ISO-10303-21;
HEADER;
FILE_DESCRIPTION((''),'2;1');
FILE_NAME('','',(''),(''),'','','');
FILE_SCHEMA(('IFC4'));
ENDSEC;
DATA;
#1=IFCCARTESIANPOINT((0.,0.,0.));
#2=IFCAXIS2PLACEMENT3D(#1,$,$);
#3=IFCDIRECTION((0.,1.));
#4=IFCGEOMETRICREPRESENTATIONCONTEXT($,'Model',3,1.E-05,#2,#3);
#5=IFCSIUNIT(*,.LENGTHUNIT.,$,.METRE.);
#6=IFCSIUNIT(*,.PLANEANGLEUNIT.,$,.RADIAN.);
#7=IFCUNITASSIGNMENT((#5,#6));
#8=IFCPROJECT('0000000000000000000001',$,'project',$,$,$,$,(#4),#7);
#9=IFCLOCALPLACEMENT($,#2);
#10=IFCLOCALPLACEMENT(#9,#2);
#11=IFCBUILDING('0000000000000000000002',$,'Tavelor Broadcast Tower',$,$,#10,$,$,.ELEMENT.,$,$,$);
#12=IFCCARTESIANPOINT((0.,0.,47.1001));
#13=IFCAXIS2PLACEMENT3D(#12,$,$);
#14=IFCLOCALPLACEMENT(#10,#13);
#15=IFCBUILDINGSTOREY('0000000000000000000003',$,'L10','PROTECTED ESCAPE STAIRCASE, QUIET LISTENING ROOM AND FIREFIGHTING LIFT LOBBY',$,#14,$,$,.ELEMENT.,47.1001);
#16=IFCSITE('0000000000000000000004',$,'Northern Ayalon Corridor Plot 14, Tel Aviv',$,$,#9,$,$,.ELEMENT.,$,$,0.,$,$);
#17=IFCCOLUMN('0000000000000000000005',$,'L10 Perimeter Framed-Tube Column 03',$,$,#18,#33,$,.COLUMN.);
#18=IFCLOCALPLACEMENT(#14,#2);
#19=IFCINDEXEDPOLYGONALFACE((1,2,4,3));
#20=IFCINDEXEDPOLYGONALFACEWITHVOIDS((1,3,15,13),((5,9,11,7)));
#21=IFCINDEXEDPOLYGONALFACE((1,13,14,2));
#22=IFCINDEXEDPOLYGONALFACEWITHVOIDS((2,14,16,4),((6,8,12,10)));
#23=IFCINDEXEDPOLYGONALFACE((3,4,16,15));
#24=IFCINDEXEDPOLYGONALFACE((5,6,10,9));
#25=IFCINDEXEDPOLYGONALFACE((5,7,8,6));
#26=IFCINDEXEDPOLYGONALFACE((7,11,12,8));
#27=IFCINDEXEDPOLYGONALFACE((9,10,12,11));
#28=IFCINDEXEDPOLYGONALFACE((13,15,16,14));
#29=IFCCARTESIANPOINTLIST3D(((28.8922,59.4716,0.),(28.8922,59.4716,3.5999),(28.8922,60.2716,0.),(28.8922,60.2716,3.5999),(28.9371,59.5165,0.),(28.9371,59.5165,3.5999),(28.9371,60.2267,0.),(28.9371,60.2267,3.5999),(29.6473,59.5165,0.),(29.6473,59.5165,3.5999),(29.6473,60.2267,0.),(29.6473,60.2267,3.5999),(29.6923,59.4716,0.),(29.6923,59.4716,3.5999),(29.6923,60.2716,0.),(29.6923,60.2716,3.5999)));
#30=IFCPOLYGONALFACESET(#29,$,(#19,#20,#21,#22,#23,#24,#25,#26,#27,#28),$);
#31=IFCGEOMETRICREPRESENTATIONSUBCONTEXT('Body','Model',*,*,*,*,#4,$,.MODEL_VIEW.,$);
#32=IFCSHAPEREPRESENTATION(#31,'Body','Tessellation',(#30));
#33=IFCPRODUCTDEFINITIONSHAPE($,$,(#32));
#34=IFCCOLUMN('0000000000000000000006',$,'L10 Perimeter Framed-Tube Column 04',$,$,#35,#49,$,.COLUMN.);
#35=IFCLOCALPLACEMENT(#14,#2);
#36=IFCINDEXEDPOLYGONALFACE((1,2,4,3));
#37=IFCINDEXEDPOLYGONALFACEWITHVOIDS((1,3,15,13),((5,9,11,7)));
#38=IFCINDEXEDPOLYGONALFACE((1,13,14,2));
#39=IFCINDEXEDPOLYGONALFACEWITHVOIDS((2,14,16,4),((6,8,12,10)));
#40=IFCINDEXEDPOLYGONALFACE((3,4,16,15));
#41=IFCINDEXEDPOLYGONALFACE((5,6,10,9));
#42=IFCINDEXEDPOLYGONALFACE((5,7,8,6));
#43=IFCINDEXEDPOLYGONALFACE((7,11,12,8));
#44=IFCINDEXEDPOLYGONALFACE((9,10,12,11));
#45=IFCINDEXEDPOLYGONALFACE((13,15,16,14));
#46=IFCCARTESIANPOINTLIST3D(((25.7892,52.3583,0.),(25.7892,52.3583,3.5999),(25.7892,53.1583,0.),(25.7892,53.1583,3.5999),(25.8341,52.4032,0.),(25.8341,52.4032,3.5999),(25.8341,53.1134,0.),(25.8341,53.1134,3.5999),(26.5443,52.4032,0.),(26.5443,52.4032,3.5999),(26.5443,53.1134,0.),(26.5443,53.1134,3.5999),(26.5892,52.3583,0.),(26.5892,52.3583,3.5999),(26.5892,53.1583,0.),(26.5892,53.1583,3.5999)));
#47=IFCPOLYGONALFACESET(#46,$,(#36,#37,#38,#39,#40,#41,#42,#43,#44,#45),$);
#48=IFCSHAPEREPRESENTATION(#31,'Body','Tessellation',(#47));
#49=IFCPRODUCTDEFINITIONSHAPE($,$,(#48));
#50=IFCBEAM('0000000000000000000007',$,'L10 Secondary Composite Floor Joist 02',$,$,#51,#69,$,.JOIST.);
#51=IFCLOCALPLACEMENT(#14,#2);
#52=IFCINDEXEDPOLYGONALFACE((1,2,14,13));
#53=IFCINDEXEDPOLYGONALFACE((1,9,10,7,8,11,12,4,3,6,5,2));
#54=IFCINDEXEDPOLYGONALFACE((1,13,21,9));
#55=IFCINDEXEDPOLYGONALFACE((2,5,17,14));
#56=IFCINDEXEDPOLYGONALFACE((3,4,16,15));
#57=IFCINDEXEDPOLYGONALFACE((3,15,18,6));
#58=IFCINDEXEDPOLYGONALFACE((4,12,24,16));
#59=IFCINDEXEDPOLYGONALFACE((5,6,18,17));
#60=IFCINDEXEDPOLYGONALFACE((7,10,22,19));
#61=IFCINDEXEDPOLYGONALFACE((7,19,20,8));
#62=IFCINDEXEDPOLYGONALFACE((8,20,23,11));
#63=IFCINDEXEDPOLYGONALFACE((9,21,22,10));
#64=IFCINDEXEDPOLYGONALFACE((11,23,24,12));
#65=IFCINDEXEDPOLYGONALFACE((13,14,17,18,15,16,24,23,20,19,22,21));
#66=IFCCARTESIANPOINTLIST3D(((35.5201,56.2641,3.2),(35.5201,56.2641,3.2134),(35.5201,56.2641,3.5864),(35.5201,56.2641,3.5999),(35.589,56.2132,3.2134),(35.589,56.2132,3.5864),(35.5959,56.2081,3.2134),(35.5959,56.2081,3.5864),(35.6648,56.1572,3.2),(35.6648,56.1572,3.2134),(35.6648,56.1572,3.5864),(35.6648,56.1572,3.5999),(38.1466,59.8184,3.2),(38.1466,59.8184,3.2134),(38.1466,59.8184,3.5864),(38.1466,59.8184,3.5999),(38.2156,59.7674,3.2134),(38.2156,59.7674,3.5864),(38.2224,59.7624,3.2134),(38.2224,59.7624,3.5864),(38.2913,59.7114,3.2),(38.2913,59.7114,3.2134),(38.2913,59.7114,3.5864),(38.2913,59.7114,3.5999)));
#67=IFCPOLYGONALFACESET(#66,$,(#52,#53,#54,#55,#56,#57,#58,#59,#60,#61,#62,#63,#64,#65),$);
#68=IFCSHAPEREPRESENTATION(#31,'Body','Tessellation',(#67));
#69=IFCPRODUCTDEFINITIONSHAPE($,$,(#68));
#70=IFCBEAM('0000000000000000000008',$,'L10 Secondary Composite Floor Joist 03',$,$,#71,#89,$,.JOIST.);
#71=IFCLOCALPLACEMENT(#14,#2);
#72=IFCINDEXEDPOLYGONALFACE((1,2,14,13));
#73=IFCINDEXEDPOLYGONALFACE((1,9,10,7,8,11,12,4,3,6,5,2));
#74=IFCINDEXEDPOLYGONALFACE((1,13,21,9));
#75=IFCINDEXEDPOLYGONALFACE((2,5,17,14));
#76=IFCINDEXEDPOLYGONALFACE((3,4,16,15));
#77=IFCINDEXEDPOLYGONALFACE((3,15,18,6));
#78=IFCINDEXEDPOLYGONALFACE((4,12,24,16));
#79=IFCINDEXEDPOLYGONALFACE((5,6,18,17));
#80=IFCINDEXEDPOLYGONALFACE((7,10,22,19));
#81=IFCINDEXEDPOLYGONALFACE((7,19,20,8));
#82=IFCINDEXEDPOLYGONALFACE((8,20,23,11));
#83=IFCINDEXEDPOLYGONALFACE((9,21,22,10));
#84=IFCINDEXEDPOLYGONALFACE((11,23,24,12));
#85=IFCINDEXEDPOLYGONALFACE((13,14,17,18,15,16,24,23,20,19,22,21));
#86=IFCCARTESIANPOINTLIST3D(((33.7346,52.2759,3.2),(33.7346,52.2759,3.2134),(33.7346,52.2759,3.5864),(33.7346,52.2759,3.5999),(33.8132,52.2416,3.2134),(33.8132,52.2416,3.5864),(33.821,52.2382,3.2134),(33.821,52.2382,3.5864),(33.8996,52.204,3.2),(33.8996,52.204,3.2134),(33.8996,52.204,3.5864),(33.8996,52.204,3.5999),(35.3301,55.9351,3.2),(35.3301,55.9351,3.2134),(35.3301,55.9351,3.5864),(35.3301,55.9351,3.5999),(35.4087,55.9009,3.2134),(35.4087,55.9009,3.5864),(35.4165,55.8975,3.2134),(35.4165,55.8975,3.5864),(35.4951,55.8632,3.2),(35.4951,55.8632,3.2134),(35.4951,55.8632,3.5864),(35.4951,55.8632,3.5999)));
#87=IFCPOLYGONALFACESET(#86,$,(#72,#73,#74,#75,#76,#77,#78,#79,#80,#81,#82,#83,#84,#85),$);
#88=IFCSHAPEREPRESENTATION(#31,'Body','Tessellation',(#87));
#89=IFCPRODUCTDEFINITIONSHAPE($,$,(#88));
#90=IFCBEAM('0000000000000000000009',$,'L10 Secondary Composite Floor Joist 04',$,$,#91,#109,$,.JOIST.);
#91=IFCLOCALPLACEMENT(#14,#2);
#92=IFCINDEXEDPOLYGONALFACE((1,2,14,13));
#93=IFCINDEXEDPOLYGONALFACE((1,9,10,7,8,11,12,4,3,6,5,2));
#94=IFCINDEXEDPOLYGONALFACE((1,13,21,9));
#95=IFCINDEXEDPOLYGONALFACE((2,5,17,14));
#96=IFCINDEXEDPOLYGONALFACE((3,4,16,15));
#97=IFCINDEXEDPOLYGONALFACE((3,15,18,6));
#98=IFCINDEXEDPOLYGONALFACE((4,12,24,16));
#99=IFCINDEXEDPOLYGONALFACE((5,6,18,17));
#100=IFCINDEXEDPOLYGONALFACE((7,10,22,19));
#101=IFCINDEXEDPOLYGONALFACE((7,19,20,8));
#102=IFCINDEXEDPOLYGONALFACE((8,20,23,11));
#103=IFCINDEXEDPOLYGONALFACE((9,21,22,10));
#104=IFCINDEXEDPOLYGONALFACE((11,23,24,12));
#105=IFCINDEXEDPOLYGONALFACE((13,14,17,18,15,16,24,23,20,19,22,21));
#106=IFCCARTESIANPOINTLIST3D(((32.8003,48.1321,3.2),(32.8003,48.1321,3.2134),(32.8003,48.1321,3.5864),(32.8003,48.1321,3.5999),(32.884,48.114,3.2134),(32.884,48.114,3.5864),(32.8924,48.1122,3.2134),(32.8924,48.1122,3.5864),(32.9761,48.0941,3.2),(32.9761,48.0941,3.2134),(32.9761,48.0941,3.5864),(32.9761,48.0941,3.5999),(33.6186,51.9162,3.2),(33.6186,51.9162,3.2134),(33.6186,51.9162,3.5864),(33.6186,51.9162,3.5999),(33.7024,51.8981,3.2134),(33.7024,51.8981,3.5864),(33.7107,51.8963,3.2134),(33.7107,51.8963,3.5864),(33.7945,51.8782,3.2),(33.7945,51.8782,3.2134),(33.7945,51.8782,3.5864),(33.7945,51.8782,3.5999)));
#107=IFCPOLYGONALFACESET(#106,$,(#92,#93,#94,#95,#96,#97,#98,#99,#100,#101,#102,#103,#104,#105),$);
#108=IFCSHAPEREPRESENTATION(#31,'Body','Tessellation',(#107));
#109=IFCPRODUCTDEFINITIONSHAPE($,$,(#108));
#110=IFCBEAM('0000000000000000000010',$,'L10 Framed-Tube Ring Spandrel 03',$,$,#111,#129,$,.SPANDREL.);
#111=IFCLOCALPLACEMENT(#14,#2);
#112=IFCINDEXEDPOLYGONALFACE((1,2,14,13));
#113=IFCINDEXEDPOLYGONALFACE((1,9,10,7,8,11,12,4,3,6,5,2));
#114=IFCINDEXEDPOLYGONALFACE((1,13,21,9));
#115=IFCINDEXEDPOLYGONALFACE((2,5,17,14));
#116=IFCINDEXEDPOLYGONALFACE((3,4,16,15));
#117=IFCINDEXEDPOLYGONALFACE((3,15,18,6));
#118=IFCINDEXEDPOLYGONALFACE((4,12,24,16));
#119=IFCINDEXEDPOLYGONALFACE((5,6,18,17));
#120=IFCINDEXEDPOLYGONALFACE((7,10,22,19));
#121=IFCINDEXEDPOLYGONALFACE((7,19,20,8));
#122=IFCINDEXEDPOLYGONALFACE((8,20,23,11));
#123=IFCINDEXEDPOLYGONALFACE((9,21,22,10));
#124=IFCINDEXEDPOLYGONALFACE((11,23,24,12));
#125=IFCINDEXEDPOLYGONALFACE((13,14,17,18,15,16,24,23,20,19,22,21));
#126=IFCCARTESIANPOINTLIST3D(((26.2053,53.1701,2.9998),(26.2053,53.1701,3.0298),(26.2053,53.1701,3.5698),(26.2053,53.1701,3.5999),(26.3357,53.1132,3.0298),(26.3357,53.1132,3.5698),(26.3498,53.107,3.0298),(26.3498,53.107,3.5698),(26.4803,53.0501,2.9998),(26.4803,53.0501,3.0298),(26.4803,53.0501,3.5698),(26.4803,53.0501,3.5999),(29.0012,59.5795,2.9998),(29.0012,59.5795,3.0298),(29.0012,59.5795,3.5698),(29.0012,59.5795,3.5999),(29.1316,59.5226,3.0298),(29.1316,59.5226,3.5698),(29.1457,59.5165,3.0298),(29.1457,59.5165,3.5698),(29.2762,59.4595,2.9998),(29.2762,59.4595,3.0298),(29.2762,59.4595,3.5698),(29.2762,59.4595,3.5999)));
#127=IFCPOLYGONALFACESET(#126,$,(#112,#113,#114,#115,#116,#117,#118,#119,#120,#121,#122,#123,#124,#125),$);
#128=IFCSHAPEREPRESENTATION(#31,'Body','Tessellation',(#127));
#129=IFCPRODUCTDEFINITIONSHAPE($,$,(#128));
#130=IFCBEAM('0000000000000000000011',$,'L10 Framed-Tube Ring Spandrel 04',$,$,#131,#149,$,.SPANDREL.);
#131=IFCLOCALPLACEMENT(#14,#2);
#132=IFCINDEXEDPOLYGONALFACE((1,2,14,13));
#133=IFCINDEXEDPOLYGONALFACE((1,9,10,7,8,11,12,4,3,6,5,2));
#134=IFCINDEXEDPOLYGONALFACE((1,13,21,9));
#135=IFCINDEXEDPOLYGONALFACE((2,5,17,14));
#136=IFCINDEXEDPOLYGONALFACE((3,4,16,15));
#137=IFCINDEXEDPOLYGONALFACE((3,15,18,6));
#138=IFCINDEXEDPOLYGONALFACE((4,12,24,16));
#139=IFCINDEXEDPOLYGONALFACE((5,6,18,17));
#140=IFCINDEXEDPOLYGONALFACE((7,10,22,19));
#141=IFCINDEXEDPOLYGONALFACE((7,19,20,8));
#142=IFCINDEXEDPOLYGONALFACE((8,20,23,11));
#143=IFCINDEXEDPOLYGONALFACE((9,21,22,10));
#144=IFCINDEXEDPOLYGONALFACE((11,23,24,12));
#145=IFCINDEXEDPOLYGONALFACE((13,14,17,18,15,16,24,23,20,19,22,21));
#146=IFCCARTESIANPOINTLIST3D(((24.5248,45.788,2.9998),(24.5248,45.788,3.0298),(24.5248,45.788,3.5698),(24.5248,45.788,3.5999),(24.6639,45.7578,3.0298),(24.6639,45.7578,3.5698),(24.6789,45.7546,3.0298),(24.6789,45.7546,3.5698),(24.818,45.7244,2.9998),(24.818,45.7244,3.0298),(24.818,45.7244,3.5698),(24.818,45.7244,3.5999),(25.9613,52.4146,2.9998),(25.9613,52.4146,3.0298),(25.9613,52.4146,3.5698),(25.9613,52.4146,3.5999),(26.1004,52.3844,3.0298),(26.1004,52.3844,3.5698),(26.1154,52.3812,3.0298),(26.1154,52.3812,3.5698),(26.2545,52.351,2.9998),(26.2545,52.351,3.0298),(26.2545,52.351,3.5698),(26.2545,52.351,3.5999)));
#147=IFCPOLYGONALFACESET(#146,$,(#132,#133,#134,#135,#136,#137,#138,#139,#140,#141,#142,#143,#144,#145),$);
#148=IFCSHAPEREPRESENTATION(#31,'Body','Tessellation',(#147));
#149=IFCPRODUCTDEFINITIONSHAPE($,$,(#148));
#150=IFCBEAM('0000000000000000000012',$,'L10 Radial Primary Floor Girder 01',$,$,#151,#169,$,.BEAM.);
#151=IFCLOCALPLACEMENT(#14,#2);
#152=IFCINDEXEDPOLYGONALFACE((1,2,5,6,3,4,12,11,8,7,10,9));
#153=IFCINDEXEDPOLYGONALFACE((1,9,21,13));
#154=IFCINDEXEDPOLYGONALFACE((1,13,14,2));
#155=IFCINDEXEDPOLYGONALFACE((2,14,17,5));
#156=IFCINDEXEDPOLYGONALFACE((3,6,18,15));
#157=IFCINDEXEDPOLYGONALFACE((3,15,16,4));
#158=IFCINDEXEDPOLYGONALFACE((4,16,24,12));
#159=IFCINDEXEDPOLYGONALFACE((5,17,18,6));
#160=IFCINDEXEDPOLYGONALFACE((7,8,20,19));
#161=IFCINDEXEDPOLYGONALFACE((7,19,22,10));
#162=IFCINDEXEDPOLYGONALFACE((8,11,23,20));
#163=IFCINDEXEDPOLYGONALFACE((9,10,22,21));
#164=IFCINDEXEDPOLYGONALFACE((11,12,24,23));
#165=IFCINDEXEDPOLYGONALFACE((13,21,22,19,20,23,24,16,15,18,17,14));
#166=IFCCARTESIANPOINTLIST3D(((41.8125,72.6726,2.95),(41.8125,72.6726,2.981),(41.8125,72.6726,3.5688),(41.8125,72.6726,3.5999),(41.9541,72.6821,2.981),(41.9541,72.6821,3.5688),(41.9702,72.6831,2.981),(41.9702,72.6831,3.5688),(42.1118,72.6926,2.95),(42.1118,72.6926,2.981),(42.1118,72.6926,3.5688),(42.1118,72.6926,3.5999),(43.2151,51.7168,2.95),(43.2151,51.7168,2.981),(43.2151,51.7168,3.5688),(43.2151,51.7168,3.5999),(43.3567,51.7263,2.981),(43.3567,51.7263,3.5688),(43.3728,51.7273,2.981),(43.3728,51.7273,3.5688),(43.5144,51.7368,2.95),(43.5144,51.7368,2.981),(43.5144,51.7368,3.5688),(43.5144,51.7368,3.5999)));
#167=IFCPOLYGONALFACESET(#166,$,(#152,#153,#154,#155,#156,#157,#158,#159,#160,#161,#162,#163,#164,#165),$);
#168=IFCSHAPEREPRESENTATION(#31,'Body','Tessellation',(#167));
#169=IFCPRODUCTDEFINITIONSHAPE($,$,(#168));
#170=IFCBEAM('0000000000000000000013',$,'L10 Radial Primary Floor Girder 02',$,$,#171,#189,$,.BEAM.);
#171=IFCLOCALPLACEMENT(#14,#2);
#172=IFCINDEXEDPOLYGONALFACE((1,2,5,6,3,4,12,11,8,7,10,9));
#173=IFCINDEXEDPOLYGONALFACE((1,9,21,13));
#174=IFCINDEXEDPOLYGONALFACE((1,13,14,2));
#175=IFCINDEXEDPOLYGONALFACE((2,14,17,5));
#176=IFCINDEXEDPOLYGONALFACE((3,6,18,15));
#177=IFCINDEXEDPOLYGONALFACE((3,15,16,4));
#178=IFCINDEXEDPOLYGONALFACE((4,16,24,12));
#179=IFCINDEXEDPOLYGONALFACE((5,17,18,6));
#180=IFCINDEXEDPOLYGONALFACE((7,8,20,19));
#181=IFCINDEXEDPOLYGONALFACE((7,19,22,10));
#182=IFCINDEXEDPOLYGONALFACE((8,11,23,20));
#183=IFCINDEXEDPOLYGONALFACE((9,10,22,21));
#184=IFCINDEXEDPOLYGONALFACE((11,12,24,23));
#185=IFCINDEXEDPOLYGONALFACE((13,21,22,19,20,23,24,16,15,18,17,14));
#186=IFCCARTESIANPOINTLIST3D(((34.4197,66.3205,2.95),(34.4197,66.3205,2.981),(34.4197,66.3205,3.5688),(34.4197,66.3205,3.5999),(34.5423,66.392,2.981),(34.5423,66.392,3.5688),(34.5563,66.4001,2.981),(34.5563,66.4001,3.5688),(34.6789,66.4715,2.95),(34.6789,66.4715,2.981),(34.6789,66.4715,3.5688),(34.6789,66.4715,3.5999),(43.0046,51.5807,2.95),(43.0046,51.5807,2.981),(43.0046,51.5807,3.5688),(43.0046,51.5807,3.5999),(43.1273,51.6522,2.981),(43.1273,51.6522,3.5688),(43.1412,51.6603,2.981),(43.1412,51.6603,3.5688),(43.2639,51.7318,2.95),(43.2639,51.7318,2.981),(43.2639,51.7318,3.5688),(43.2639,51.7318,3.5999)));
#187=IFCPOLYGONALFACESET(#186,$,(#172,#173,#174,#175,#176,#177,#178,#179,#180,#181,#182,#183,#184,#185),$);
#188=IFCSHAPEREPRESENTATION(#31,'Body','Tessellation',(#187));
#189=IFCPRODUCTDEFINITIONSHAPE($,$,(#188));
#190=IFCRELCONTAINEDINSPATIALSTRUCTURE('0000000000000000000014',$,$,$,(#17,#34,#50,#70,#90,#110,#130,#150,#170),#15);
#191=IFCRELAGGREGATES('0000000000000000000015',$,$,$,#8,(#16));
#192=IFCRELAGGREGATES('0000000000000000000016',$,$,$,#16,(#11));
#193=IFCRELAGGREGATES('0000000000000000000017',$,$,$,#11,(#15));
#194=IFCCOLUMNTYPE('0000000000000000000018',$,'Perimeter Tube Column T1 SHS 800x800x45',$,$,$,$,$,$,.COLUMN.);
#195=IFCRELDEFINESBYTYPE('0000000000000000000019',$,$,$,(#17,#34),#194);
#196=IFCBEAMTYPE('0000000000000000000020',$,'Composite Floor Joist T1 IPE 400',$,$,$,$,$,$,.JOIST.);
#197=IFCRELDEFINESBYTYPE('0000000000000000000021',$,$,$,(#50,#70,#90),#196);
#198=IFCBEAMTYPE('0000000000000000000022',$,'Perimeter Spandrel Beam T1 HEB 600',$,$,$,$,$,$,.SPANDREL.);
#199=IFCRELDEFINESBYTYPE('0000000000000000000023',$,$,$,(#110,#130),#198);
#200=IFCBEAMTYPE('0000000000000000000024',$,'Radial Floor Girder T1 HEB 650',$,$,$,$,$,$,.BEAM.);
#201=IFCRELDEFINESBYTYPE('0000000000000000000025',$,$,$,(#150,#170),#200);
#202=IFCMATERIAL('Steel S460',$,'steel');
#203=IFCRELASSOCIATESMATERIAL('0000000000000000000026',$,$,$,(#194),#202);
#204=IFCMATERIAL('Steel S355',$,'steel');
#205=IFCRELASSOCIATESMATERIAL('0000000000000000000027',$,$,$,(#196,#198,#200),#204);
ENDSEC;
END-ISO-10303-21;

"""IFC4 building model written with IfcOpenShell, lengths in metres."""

from ifc_helpers import new_model, si_unit, direction, frame, origin, origin_2d, place, context, subcontext, project, spatial, hollow_rectangle, i_section, extrude, material, material_profile, profile_set, type_object, element, save


model = new_model("IFC4")

# Units and contexts
model_context = context("Model", 3, precision=1e-05, world=origin(), true_north=direction((0.0, 1.0)))
body_context = subcontext(model_context, "Body", "Model", "MODEL_VIEW")
ifc_project = project(units=[si_unit("LENGTHUNIT", "METRE"), si_unit("PLANEANGLEUNIT", "RADIAN")], contexts=[model_context])

# Site, building, storey
site_placement = place(None, origin())
site = spatial("IfcSite", under=ifc_project, at=site_placement, Name="Northern Ayalon Corridor Plot 14, Tel Aviv", CompositionType="ELEMENT", RefElevation=0.0)
building_placement = place(site_placement, origin())
building = spatial("IfcBuilding", under=site, at=building_placement, Name="Tavelor Broadcast Tower", CompositionType="ELEMENT")
storey_placement = place(building_placement, frame((0.0, 0.0, 47.1001)))
storey = spatial("IfcBuildingStorey", under=building, at=storey_placement, Name="L10", Description="PROTECTED ESCAPE STAIRCASE, QUIET LISTENING ROOM AND FIREFIGHTING LIFT LOBBY", CompositionType="ELEMENT", Elevation=47.1001)

# Columns
ifc_material_1 = material(Name="Steel S460", Category="steel")
ifc_material_profile_1 = material_profile(ifc_material_1, hollow_rectangle(XDim=0.8, YDim=0.8, WallThickness=0.0449, at=origin_2d()), Name="SHS 800x800x45")
ifc_profile_set_1 = profile_set([ifc_material_profile_1], Name="Steel S460")
column_type = type_object("IfcColumnType", Name="Perimeter Tube Column T1 SHS 800x800x45", PredefinedType="COLUMN", material=ifc_profile_set_1)
for number, where, z_axis, x_axis, name in (
    (1, (29.2922, 59.8716, 0.0), (0.0, 0.0, 1.0), (1.0, 0.0, 0.0), "L10 Perimeter Framed-Tube Column 03"),
    (2, (26.1892, 52.7583, 0.0), (0.0, 0.0, 1.0), (1.0, 0.0, 0.0), "L10 Perimeter Framed-Tube Column 04"),
):
    element("IfcColumn", number, at=place(storey_placement, frame(where, z_axis=z_axis, x_axis=x_axis)), inside=storey, type_object=column_type, Name=name, PredefinedType="COLUMN", context=body_context, shape_type="SweptSolid", body=[
        extrude(hollow_rectangle(XDim=0.8, YDim=0.8, WallThickness=0.0449, at=origin_2d()), origin(), (0.0, 0.0, 1.0), 3.5999),
    ])

# Beams
ifc_material_2 = material(Name="Steel S355", Category="steel")
ifc_material_profile_2 = material_profile(ifc_material_2, i_section(OverallWidth=0.1799, OverallDepth=0.3999, WebThickness=0.0085, FlangeThickness=0.0134, at=origin_2d()), Name="IPE 400")
ifc_profile_set_2 = profile_set([ifc_material_profile_2], Name="Steel S355")
beam_type_1 = type_object("IfcBeamType", Name="Composite Floor Joist T1 IPE 400", PredefinedType="JOIST", material=ifc_profile_set_2)
beam_1_placement = place(storey_placement, frame((38.219, 59.7649, 3.3999), z_axis=(-0.59431, -0.804236, 0.0), x_axis=(0.804236, -0.59431, 0.0)))
element("IfcBeam", 3, at=beam_1_placement, inside=storey, type_object=beam_type_1, Name="L10 Secondary Composite Floor Joist 02", PredefinedType="JOIST", context=body_context, shape_type="SweptSolid", body=[
    extrude(i_section(OverallWidth=0.1799, OverallDepth=0.3999, WebThickness=0.0085, FlangeThickness=0.0134, at=origin_2d()), origin(), (0.0, 0.0, 1.0), 4.4194),
])
beam_2_placement = place(storey_placement, frame((35.4126, 55.8992, 3.3999), z_axis=(-0.399676, -0.916656, 0.0), x_axis=(0.916656, -0.399676, 0.0)))
element("IfcBeam", 4, at=beam_2_placement, inside=storey, type_object=beam_type_1, Name="L10 Secondary Composite Floor Joist 03", PredefinedType="JOIST", context=body_context, shape_type="SweptSolid", body=[
    extrude(i_section(OverallWidth=0.1799, OverallDepth=0.3999, WebThickness=0.0085, FlangeThickness=0.0134, at=origin_2d()), origin(), (0.0, 0.0, 1.0), 3.9919),
])
beam_3_placement = place(storey_placement, frame((33.7065, 51.8972, 3.3999), z_axis=(-0.211372, -0.977406, 0.0), x_axis=(0.977406, -0.211372, 0.0)))
element("IfcBeam", 5, at=beam_3_placement, inside=storey, type_object=beam_type_1, Name="L10 Secondary Composite Floor Joist 04", PredefinedType="JOIST", context=body_context, shape_type="SweptSolid", body=[
    extrude(i_section(OverallWidth=0.1799, OverallDepth=0.3999, WebThickness=0.0085, FlangeThickness=0.0134, at=origin_2d()), origin(), (0.0, 0.0, 1.0), 3.8716),
])
ifc_material_profile_3 = material_profile(ifc_material_2, i_section(OverallWidth=0.3, OverallDepth=0.6001, WebThickness=0.0154, FlangeThickness=0.03, at=origin_2d()), Name="HEB 600")
ifc_profile_set_3 = profile_set([ifc_material_profile_3], Name="Steel S355")
beam_type_2 = type_object("IfcBeamType", Name="Perimeter Spandrel Beam T1 HEB 600", PredefinedType="SPANDREL", material=ifc_profile_set_3)
beam_4_placement = place(storey_placement, frame((29.1387, 59.5195, 3.2998), z_axis=(-0.399831, -0.916589, 0.0), x_axis=(0.916589, -0.399831, 0.0)))
element("IfcBeam", 6, at=beam_4_placement, inside=storey, type_object=beam_type_2, Name="L10 Framed-Tube Ring Spandrel 03", PredefinedType="SPANDREL", context=body_context, shape_type="SweptSolid", body=[
    extrude(i_section(OverallWidth=0.3, OverallDepth=0.6001, WebThickness=0.0154, FlangeThickness=0.03, at=origin_2d()), origin(), (0.0, 0.0, 1.0), 6.9927),
])
beam_5_placement = place(storey_placement, frame((26.1079, 52.3828, 3.2998), z_axis=(-0.211857, -0.977301, 0.0), x_axis=(0.977301, -0.211857, 0.0)))
element("IfcBeam", 7, at=beam_5_placement, inside=storey, type_object=beam_type_2, Name="L10 Framed-Tube Ring Spandrel 04", PredefinedType="SPANDREL", context=body_context, shape_type="SweptSolid", body=[
    extrude(i_section(OverallWidth=0.3, OverallDepth=0.6001, WebThickness=0.0154, FlangeThickness=0.03, at=origin_2d()), origin(), (0.0, 0.0, 1.0), 6.7805),
])
ifc_material_profile_4 = material_profile(ifc_material_2, i_section(OverallWidth=0.3, OverallDepth=0.6499, WebThickness=0.0161, FlangeThickness=0.031, at=origin_2d()), Name="HEB 650")
ifc_profile_set_4 = profile_set([ifc_material_profile_4], Name="Steel S355")
beam_type_3 = type_object("IfcBeamType", Name="Radial Floor Girder T1 HEB 650", PredefinedType="BEAM", material=ifc_profile_set_4)
beam_6_placement = place(storey_placement, frame((43.3647, 51.7268, 3.2749), z_axis=(-0.066781, 0.997768, 0.0), x_axis=(-0.997768, -0.066781, 0.0)))
element("IfcBeam", 8, at=beam_6_placement, inside=storey, type_object=beam_type_3, Name="L10 Radial Primary Floor Girder 01", PredefinedType="BEAM", context=body_context, shape_type="SweptSolid", body=[
    extrude(i_section(OverallWidth=0.3, OverallDepth=0.6499, WebThickness=0.0161, FlangeThickness=0.031, at=origin_2d()), origin(), (0.0, 0.0, 1.0), 21.0027),
])
beam_7_placement = place(storey_placement, frame((43.1343, 51.6562, 3.2749), z_axis=(-0.503292, 0.864116, 0.0), x_axis=(-0.864116, -0.503292, 0.0)))
element("IfcBeam", 9, at=beam_7_placement, inside=storey, type_object=beam_type_3, Name="L10 Radial Primary Floor Girder 02", PredefinedType="BEAM", context=body_context, shape_type="SweptSolid", body=[
    extrude(i_section(OverallWidth=0.3, OverallDepth=0.6499, WebThickness=0.0161, FlangeThickness=0.031, at=origin_2d()), origin(), (0.0, 0.0, 1.0), 17.0576),
])

save(model, "model.ifc")
